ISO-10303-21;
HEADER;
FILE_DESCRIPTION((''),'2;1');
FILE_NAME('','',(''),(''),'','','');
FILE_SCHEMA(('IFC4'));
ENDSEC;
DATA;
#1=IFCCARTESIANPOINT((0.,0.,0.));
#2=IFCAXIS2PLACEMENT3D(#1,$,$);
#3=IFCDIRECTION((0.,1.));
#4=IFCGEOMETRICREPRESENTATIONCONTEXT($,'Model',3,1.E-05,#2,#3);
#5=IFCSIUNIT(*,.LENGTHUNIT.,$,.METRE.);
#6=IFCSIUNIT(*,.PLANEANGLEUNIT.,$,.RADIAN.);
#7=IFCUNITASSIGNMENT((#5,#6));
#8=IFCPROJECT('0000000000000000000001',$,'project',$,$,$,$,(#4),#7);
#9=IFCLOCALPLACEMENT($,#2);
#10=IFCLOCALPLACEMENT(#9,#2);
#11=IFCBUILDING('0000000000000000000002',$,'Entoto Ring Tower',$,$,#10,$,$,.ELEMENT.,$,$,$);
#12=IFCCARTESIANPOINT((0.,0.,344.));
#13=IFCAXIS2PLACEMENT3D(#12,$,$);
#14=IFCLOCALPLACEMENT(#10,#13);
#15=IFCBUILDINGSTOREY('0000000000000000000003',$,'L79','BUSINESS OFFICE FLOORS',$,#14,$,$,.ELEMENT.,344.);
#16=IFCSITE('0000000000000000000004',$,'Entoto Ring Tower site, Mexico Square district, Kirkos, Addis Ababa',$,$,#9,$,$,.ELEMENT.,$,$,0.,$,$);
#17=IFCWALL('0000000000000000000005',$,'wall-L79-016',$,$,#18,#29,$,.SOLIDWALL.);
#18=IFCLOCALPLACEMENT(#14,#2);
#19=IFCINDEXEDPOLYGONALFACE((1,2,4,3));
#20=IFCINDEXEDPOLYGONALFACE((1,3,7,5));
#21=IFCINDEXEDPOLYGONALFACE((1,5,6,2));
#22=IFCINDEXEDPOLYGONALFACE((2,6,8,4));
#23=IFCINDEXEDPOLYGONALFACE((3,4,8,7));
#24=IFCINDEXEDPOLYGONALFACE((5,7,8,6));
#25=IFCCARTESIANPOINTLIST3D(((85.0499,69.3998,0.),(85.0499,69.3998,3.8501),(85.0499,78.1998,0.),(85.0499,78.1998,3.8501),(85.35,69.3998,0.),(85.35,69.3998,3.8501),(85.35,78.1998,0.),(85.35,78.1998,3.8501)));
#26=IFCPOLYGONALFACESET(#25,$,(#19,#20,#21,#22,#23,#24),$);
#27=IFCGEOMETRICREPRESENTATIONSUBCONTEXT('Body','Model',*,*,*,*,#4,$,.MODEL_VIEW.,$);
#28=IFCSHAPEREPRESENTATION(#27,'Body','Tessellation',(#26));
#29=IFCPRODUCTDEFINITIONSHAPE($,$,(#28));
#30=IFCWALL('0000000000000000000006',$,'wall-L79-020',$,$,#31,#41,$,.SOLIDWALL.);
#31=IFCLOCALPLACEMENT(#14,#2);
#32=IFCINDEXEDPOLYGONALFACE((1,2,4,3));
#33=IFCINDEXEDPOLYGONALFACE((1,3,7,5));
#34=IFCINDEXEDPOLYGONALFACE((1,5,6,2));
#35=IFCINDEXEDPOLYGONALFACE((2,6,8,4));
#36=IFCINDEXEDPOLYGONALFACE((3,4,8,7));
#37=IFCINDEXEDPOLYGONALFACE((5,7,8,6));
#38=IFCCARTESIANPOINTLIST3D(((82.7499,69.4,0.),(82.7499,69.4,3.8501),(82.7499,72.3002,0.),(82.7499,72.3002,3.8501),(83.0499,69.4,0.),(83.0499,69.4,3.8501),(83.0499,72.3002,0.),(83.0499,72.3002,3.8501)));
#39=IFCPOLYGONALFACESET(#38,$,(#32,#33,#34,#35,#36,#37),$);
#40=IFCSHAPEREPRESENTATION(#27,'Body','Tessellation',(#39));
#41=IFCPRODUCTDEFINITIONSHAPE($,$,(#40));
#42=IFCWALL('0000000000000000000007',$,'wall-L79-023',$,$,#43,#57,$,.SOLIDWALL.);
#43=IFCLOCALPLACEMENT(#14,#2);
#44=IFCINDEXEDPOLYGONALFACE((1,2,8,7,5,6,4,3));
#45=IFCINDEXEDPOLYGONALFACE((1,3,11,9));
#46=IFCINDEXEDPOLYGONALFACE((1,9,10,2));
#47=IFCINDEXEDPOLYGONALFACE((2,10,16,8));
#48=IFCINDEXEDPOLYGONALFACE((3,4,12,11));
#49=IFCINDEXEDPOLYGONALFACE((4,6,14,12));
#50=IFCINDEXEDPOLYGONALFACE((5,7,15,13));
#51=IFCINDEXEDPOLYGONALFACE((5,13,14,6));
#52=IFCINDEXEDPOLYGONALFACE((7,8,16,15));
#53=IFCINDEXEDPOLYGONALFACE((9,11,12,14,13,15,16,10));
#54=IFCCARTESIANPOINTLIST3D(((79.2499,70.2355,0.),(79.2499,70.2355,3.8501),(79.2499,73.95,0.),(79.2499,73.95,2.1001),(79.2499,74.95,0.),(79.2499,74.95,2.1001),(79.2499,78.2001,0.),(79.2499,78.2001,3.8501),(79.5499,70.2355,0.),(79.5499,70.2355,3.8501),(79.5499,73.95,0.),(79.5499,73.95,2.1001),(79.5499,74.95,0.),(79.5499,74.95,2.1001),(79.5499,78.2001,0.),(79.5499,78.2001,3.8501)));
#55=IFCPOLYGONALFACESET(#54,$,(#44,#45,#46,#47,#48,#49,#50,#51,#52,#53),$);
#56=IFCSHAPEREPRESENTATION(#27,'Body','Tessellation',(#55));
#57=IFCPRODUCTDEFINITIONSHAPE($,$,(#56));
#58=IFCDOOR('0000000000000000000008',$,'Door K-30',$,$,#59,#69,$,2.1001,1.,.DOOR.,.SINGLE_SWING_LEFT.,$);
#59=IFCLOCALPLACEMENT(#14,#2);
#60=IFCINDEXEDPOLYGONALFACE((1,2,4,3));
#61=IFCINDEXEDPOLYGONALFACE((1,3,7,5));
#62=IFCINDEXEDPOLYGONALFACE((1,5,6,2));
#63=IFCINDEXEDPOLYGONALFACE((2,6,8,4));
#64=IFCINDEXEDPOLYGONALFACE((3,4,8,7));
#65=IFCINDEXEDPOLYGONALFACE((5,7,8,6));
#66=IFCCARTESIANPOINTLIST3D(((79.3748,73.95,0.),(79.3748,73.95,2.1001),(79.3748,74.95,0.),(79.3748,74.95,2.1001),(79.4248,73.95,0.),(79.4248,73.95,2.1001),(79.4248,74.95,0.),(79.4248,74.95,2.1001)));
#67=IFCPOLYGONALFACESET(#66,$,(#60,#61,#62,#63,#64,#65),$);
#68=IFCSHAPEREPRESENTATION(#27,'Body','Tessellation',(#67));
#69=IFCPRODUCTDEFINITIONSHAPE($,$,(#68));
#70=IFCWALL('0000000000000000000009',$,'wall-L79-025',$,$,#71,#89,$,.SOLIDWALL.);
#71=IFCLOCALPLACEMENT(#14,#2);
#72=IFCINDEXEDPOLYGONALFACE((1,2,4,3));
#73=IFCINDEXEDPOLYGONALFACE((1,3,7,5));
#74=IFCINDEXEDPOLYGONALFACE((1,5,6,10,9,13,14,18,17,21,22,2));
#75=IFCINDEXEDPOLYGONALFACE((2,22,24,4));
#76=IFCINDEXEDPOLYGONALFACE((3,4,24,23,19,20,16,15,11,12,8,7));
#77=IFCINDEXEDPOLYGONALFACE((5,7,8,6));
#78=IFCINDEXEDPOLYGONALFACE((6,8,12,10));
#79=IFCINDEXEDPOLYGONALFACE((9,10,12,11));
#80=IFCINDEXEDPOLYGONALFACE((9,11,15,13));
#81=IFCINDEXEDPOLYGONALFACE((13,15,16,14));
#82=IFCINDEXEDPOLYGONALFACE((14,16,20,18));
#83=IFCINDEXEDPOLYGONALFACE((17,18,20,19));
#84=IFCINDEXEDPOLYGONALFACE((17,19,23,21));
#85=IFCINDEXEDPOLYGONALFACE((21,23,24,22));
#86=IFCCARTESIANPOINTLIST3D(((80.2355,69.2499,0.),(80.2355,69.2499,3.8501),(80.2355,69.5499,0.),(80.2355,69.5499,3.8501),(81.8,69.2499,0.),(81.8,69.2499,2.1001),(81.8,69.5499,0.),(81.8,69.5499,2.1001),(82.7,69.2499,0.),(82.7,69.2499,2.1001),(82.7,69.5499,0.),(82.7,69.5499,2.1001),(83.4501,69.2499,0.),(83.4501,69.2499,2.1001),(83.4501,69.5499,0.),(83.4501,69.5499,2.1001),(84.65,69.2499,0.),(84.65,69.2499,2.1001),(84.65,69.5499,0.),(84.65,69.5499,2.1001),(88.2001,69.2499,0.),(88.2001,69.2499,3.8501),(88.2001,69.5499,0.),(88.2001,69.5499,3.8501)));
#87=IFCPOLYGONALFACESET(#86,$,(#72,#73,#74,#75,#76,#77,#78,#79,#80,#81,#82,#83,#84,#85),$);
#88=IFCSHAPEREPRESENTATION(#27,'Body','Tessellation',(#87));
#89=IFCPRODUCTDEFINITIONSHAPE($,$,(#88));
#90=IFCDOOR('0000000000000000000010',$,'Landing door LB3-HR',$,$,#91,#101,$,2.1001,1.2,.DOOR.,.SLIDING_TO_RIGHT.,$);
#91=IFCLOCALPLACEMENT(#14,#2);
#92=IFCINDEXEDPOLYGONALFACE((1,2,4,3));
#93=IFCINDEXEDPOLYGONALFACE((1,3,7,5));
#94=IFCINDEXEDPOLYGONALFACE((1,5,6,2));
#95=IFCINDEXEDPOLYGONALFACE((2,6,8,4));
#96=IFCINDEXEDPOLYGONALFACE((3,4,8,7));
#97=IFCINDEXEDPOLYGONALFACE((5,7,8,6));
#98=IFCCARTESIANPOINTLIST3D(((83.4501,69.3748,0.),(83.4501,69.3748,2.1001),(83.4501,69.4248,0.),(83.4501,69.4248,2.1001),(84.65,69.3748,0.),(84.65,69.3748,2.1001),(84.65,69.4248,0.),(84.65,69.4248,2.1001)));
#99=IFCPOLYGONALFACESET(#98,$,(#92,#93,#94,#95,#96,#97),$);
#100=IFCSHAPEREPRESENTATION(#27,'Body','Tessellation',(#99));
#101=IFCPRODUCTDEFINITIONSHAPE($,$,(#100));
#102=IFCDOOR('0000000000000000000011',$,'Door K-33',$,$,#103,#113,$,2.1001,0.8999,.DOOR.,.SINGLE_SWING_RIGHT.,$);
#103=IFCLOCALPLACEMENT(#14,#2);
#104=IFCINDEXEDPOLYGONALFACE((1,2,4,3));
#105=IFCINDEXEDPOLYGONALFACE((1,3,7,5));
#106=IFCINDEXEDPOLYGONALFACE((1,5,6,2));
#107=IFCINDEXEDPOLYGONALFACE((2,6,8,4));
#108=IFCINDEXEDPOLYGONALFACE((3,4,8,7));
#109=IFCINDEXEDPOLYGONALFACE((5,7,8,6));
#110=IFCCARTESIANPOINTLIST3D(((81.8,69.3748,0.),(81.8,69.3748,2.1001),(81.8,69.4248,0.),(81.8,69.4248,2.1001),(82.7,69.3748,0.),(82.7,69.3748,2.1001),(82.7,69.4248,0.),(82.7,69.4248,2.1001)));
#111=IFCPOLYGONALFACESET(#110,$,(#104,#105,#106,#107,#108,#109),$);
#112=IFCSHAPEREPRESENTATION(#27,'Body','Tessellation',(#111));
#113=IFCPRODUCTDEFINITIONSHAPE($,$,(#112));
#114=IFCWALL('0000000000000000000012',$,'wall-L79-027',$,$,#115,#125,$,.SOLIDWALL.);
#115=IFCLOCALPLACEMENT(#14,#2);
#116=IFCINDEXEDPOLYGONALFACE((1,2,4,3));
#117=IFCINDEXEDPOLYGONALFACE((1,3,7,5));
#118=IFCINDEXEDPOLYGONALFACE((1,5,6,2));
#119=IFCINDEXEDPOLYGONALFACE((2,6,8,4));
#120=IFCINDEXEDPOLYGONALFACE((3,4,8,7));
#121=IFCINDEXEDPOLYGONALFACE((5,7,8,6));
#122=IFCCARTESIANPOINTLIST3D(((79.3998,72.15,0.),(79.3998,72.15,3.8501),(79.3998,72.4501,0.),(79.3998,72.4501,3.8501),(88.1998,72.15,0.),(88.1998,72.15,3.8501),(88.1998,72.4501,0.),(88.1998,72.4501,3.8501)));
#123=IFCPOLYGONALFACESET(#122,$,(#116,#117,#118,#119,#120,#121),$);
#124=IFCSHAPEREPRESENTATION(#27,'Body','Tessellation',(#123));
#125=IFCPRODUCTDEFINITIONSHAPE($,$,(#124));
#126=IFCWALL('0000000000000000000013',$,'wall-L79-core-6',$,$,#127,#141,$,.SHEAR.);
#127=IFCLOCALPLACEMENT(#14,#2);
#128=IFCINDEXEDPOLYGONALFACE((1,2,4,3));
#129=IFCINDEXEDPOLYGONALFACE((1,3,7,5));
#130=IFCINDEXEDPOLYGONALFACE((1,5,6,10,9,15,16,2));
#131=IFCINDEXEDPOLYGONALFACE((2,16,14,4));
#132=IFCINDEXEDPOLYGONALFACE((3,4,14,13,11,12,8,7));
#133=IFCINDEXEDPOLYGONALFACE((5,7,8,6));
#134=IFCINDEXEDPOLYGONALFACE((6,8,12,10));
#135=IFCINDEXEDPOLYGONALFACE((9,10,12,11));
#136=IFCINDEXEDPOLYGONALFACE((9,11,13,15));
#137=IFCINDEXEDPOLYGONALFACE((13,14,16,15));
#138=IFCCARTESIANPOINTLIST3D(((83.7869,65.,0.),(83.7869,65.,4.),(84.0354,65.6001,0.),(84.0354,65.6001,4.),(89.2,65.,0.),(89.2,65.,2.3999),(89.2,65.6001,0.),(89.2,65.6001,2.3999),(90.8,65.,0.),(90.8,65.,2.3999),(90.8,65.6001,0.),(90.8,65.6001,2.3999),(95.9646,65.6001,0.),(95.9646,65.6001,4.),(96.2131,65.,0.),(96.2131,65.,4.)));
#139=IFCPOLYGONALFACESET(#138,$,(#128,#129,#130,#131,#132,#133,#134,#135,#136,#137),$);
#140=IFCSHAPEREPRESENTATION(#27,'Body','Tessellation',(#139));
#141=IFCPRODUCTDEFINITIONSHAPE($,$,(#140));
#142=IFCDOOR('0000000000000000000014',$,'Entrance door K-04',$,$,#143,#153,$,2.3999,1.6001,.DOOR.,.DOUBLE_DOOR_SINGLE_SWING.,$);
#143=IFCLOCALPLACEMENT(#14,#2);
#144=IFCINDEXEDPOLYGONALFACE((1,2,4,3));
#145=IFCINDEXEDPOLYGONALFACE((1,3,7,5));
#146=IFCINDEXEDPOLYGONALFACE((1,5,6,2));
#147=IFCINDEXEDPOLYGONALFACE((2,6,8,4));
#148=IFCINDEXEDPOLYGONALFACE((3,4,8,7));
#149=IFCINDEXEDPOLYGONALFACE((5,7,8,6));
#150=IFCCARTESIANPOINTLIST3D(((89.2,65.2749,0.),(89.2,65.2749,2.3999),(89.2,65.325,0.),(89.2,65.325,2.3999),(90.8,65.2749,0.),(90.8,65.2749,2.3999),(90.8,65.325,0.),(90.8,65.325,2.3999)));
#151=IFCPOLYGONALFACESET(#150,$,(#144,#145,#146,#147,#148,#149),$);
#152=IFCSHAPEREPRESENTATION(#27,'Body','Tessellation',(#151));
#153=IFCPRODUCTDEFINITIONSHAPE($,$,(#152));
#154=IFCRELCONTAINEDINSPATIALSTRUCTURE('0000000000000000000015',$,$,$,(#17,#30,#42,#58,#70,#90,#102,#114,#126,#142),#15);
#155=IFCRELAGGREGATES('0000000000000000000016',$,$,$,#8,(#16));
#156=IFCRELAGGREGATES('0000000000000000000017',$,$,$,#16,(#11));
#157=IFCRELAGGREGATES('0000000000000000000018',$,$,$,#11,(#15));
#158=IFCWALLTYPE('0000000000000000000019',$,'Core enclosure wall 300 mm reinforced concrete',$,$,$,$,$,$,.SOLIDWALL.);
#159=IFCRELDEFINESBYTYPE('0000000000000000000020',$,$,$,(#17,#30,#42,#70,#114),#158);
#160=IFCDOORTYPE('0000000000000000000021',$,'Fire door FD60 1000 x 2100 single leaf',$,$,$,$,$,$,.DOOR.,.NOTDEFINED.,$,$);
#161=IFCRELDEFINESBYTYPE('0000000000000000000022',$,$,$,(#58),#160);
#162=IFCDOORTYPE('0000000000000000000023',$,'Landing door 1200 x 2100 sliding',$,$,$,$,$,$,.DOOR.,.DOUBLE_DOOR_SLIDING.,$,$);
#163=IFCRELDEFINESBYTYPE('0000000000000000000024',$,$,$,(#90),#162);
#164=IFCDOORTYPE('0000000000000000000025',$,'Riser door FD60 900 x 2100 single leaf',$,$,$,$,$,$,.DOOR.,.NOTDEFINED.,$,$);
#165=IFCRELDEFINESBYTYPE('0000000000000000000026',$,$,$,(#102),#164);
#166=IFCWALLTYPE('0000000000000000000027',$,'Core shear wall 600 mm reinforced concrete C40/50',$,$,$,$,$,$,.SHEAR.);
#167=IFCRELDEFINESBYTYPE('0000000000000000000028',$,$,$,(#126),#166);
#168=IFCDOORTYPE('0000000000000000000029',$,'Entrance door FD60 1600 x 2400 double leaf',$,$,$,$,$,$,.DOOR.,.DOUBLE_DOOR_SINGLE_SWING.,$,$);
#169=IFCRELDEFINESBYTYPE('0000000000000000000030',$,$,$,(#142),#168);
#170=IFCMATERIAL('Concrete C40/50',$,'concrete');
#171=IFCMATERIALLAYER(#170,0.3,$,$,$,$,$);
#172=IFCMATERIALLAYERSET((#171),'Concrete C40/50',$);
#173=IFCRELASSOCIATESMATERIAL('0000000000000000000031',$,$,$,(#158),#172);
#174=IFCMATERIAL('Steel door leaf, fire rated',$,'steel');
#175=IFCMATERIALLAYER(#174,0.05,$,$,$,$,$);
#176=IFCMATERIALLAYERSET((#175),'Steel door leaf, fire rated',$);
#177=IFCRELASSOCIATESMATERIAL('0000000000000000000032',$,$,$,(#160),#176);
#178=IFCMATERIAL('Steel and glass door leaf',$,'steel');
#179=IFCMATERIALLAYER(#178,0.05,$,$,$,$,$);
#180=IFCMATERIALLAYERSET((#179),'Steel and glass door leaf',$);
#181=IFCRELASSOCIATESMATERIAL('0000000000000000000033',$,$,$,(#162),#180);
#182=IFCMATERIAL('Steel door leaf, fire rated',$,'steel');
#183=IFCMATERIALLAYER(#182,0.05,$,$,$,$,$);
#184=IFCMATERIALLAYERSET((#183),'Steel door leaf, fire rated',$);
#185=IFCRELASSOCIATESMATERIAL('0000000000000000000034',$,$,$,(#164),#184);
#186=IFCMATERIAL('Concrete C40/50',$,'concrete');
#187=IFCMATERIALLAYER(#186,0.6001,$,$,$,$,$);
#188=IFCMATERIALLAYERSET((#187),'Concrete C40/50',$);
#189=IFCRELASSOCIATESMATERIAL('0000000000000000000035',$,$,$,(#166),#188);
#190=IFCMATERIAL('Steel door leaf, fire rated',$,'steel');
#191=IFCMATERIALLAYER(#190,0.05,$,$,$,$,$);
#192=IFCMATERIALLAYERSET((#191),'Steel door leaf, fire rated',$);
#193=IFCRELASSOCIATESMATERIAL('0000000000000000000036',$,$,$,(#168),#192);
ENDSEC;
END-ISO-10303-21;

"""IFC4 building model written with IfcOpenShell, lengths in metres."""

from ifc_helpers import new_model, si_unit, direction, frame, frame_2d, origin, place, context, subcontext, project, spatial, polyline, rectangle, outline, extrude, material, layer, layer_set, type_object, element, fill, save


model = new_model("IFC4")

# Units and contexts
model_context = context("Model", 3, precision=1e-05, world=origin(), true_north=direction((0.0, 1.0)))
body_context = subcontext(model_context, "Body", "Model", "MODEL_VIEW")
ifc_project = project(units=[si_unit("LENGTHUNIT", "METRE"), si_unit("PLANEANGLEUNIT", "RADIAN")], contexts=[model_context])

# Site, building, storey
site_placement = place(None, origin())
site = spatial("IfcSite", under=ifc_project, at=site_placement, Name="Entoto Ring Tower site, Mexico Square district, Kirkos, Addis Ababa", CompositionType="ELEMENT", RefElevation=0.0)
building_placement = place(site_placement, origin())
building = spatial("IfcBuilding", under=site, at=building_placement, Name="Entoto Ring Tower", CompositionType="ELEMENT")
storey_placement = place(building_placement, frame((0.0, 0.0, 344.0)))
storey = spatial("IfcBuildingStorey", under=building, at=storey_placement, Name="L79", Description="BUSINESS OFFICE FLOORS", CompositionType="ELEMENT", Elevation=344.0)

# Walls
ifc_material_1 = material(Name="Concrete C40/50", Category="concrete")
ifc_layer_1 = layer(ifc_material_1, 0.3)
ifc_layer_set_1 = layer_set([ifc_layer_1], Name="Concrete C40/50")
wall_type_1 = type_object("IfcWallType", Name="Core enclosure wall 300 mm reinforced concrete", PredefinedType="SOLIDWALL", material=ifc_layer_set_1)
wall_1_placement = place(storey_placement, frame((85.2, 69.3999, 0.0), z_axis=(0.0, 0.0, 1.0), x_axis=(0.0, 1.0, 0.0)))
element("IfcWall", 1, at=wall_1_placement, inside=storey, type_object=wall_type_1, Name="wall-L79-016", PredefinedType="SOLIDWALL", context=body_context, shape_type="SweptSolid", body=[
    extrude(rectangle(XDim=8.8, YDim=0.3, at=frame_2d((4.3999, 0.0))), origin(), (0.0, 0.0, 1.0), 3.8501),
])
wall_2_placement = place(storey_placement, frame((82.8999, 69.3999, 0.0), z_axis=(0.0, 0.0, 1.0), x_axis=(0.0, 1.0, 0.0)))
element("IfcWall", 2, at=wall_2_placement, inside=storey, type_object=wall_type_1, Name="wall-L79-020", PredefinedType="SOLIDWALL", context=body_context, shape_type="SweptSolid", body=[
    extrude(rectangle(XDim=2.9001, YDim=0.3, at=frame_2d((1.4502, 0.0))), origin(), (0.0, 0.0, 1.0), 3.8501),
])

# Wall, opening, door
wall_3_placement = place(storey_placement, frame((79.3999, 70.2354, 0.0), z_axis=(0.0, 0.0, 1.0), x_axis=(0.0, 1.0, 0.0)))
wall_3 = element("IfcWall", 3, at=wall_3_placement, inside=storey, type_object=wall_type_1, Name="wall-L79-023", PredefinedType="SOLIDWALL", context=body_context, shape_type="SweptSolid", body=[
    extrude(rectangle(XDim=7.9646, YDim=0.3, at=frame_2d((3.9824, 0.0))), origin(), (0.0, 0.0, 1.0), 3.8501),
])
opening_1_placement = place(wall_3_placement, frame((3.7146, 0.0, 0.0)))
opening_1 = element("IfcOpeningElement", 4, at=opening_1_placement, cuts=wall_3, PredefinedType="OPENING", context=body_context, shape_type="SweptSolid", body=[
    extrude(rectangle(XDim=1.0, YDim=2.1001, at=frame_2d((0.5, 1.05))), frame((0.0, 0.1602, 0.0), z_axis=(0.0, -1.0, 0.0), x_axis=(1.0, 0.0, 0.0)), (0.0, 0.0, 1.0), 0.3201),
])
ifc_material_2 = material(Name="Steel door leaf, fire rated", Category="steel")
ifc_layer_2 = layer(ifc_material_2, 0.05)
ifc_layer_set_2 = layer_set([ifc_layer_2], Name="Steel door leaf, fire rated")
door_type_1 = type_object("IfcDoorType", Name="Fire door FD60 1000 x 2100 single leaf", OperationType="NOTDEFINED", PredefinedType="DOOR", material=ifc_layer_set_2)
door_1_placement = place(opening_1_placement, frame((1.0, 0.0, 0.0), z_axis=(0.0, 0.0, 1.0), x_axis=(-1.0, 0.0, 0.0)))
door_1 = element("IfcDoor", 5, at=door_1_placement, inside=storey, type_object=door_type_1, Name="Door K-30", OperationType="SINGLE_SWING_LEFT", OverallHeight=2.1001, OverallWidth=1.0, PredefinedType="DOOR", context=body_context, shape_type="SweptSolid", body=[
    extrude(rectangle(XDim=1.0, YDim=2.1001, at=frame_2d((0.5, 1.05))), frame((0.0, 0.0249, 0.0), z_axis=(0.0, -1.0, 0.0), x_axis=(1.0, 0.0, 0.0)), (0.0, 0.0, 1.0), 0.05),
])
fill(opening_1, door_1)

# Wall, openings, doors
wall_4_placement = place(storey_placement, frame((80.2354, 69.3999, 0.0), z_axis=(0.0, 0.0, 1.0), x_axis=(1.0, 0.0, 0.0)))
wall_4 = element("IfcWall", 6, at=wall_4_placement, inside=storey, type_object=wall_type_1, Name="wall-L79-025", PredefinedType="SOLIDWALL", context=body_context, shape_type="SweptSolid", body=[
    extrude(rectangle(XDim=7.9646, YDim=0.3, at=frame_2d((3.9824, 0.0))), origin(), (0.0, 0.0, 1.0), 3.8501),
])
opening_2_placement = place(wall_4_placement, frame((3.2146, 0.0, 0.0)))
opening_2 = element("IfcOpeningElement", 7, at=opening_2_placement, cuts=wall_4, PredefinedType="OPENING", context=body_context, shape_type="SweptSolid", body=[
    extrude(rectangle(XDim=1.2, YDim=2.1001, at=frame_2d((0.6001, 1.05))), frame((0.0, 0.1602, 0.0), z_axis=(0.0, -1.0, 0.0), x_axis=(1.0, 0.0, 0.0)), (0.0, 0.0, 1.0), 0.3201),
])
opening_3_placement = place(wall_4_placement, frame((1.5647, 0.0, 0.0)))
opening_3 = element("IfcOpeningElement", 8, at=opening_3_placement, cuts=wall_4, PredefinedType="OPENING", context=body_context, shape_type="SweptSolid", body=[
    extrude(rectangle(XDim=0.8999, YDim=2.1001, at=frame_2d((0.45, 1.05))), frame((0.0, 0.1602, 0.0), z_axis=(0.0, -1.0, 0.0), x_axis=(1.0, 0.0, 0.0)), (0.0, 0.0, 1.0), 0.3201),
])
ifc_material_3 = material(Name="Steel and glass door leaf", Category="steel")
ifc_layer_3 = layer(ifc_material_3, 0.05)
ifc_layer_set_3 = layer_set([ifc_layer_3], Name="Steel and glass door leaf")
door_type_2 = type_object("IfcDoorType", Name="Landing door 1200 x 2100 sliding", OperationType="DOUBLE_DOOR_SLIDING", PredefinedType="DOOR", material=ifc_layer_set_3)
door_2_placement = place(opening_2_placement, origin())
door_2 = element("IfcDoor", 9, at=door_2_placement, inside=storey, type_object=door_type_2, Name="Landing door LB3-HR", OperationType="SLIDING_TO_RIGHT", OverallHeight=2.1001, OverallWidth=1.2, PredefinedType="DOOR", context=body_context, shape_type="SweptSolid", body=[
    extrude(rectangle(XDim=1.2, YDim=2.1001, at=frame_2d((0.6001, 1.05))), frame((0.0, 0.0249, 0.0), z_axis=(0.0, -1.0, 0.0), x_axis=(1.0, 0.0, 0.0)), (0.0, 0.0, 1.0), 0.05),
])
fill(opening_2, door_2)
ifc_material_4 = material(Name="Steel door leaf, fire rated", Category="steel")
ifc_layer_4 = layer(ifc_material_4, 0.05)
ifc_layer_set_4 = layer_set([ifc_layer_4], Name="Steel door leaf, fire rated")
door_type_3 = type_object("IfcDoorType", Name="Riser door FD60 900 x 2100 single leaf", OperationType="NOTDEFINED", PredefinedType="DOOR", material=ifc_layer_set_4)
door_3_placement = place(opening_3_placement, origin())
door_3 = element("IfcDoor", 10, at=door_3_placement, inside=storey, type_object=door_type_3, Name="Door K-33", OperationType="SINGLE_SWING_RIGHT", OverallHeight=2.1001, OverallWidth=0.8999, PredefinedType="DOOR", context=body_context, shape_type="SweptSolid", body=[
    extrude(rectangle(XDim=0.8999, YDim=2.1001, at=frame_2d((0.45, 1.05))), frame((0.0, 0.0249, 0.0), z_axis=(0.0, -1.0, 0.0), x_axis=(1.0, 0.0, 0.0)), (0.0, 0.0, 1.0), 0.05),
])
fill(opening_3, door_3)

# Wall
wall_5_placement = place(storey_placement, frame((79.3999, 72.3, 0.0), z_axis=(0.0, 0.0, 1.0), x_axis=(1.0, 0.0, 0.0)))
element("IfcWall", 11, at=wall_5_placement, inside=storey, type_object=wall_type_1, Name="wall-L79-027", PredefinedType="SOLIDWALL", context=body_context, shape_type="SweptSolid", body=[
    extrude(rectangle(XDim=8.8, YDim=0.3, at=frame_2d((4.3999, 0.0))), origin(), (0.0, 0.0, 1.0), 3.8501),
])

# Wall, opening, door
ifc_material_5 = material(Name="Concrete C40/50", Category="concrete")
ifc_layer_5 = layer(ifc_material_5, 0.6001)
ifc_layer_set_5 = layer_set([ifc_layer_5], Name="Concrete C40/50")
wall_type_2 = type_object("IfcWallType", Name="Core shear wall 600 mm reinforced concrete C40/50", PredefinedType="SHEAR", material=ifc_layer_set_5)
wall_6_placement = place(storey_placement, frame((83.9111, 65.3, 0.0), z_axis=(0.0, 0.0, 1.0), x_axis=(1.0, 0.0, 0.0)))
wall_6 = element("IfcWall", 12, at=wall_6_placement, inside=storey, type_object=wall_type_2, Name="wall-L79-core-6", PredefinedType="SHEAR", context=body_context, shape_type="SweptSolid", body=[
    extrude(outline(polyline([(-0.1243, -0.3), (12.302, -0.3), (12.0535, 0.3), (0.1243, 0.3), (-0.1243, -0.3)])), origin(), (0.0, 0.0, 1.0), 4.0),
])
opening_4_placement = place(wall_6_placement, frame((5.2888, 0.0, 0.0)))
opening_4 = element("IfcOpeningElement", 13, at=opening_4_placement, cuts=wall_6, PredefinedType="OPENING", context=body_context, shape_type="SweptSolid", body=[
    extrude(rectangle(XDim=1.6001, YDim=2.3999, at=frame_2d((0.8, 1.2))), frame((0.0, 0.3101, 0.0), z_axis=(0.0, -1.0, 0.0), x_axis=(1.0, 0.0, 0.0)), (0.0, 0.0, 1.0), 0.6201),
])
ifc_material_6 = material(Name="Steel door leaf, fire rated", Category="steel")
ifc_layer_6 = layer(ifc_material_6, 0.05)
ifc_layer_set_6 = layer_set([ifc_layer_6], Name="Steel door leaf, fire rated")
door_type_4 = type_object("IfcDoorType", Name="Entrance door FD60 1600 x 2400 double leaf", OperationType="DOUBLE_DOOR_SINGLE_SWING", PredefinedType="DOOR", material=ifc_layer_set_6)
door_4_placement = place(opening_4_placement, origin())
door_4 = element("IfcDoor", 14, at=door_4_placement, inside=storey, type_object=door_type_4, Name="Entrance door K-04", OperationType="DOUBLE_DOOR_SINGLE_SWING", OverallHeight=2.3999, OverallWidth=1.6001, PredefinedType="DOOR", context=body_context, shape_type="SweptSolid", body=[
    extrude(rectangle(XDim=1.6001, YDim=2.3999, at=frame_2d((0.8, 1.2))), frame((0.0, 0.0249, 0.0), z_axis=(0.0, -1.0, 0.0), x_axis=(1.0, 0.0, 0.0)), (0.0, 0.0, 1.0), 0.05),
])
fill(opening_4, door_4)

save(model, "model.ifc")
